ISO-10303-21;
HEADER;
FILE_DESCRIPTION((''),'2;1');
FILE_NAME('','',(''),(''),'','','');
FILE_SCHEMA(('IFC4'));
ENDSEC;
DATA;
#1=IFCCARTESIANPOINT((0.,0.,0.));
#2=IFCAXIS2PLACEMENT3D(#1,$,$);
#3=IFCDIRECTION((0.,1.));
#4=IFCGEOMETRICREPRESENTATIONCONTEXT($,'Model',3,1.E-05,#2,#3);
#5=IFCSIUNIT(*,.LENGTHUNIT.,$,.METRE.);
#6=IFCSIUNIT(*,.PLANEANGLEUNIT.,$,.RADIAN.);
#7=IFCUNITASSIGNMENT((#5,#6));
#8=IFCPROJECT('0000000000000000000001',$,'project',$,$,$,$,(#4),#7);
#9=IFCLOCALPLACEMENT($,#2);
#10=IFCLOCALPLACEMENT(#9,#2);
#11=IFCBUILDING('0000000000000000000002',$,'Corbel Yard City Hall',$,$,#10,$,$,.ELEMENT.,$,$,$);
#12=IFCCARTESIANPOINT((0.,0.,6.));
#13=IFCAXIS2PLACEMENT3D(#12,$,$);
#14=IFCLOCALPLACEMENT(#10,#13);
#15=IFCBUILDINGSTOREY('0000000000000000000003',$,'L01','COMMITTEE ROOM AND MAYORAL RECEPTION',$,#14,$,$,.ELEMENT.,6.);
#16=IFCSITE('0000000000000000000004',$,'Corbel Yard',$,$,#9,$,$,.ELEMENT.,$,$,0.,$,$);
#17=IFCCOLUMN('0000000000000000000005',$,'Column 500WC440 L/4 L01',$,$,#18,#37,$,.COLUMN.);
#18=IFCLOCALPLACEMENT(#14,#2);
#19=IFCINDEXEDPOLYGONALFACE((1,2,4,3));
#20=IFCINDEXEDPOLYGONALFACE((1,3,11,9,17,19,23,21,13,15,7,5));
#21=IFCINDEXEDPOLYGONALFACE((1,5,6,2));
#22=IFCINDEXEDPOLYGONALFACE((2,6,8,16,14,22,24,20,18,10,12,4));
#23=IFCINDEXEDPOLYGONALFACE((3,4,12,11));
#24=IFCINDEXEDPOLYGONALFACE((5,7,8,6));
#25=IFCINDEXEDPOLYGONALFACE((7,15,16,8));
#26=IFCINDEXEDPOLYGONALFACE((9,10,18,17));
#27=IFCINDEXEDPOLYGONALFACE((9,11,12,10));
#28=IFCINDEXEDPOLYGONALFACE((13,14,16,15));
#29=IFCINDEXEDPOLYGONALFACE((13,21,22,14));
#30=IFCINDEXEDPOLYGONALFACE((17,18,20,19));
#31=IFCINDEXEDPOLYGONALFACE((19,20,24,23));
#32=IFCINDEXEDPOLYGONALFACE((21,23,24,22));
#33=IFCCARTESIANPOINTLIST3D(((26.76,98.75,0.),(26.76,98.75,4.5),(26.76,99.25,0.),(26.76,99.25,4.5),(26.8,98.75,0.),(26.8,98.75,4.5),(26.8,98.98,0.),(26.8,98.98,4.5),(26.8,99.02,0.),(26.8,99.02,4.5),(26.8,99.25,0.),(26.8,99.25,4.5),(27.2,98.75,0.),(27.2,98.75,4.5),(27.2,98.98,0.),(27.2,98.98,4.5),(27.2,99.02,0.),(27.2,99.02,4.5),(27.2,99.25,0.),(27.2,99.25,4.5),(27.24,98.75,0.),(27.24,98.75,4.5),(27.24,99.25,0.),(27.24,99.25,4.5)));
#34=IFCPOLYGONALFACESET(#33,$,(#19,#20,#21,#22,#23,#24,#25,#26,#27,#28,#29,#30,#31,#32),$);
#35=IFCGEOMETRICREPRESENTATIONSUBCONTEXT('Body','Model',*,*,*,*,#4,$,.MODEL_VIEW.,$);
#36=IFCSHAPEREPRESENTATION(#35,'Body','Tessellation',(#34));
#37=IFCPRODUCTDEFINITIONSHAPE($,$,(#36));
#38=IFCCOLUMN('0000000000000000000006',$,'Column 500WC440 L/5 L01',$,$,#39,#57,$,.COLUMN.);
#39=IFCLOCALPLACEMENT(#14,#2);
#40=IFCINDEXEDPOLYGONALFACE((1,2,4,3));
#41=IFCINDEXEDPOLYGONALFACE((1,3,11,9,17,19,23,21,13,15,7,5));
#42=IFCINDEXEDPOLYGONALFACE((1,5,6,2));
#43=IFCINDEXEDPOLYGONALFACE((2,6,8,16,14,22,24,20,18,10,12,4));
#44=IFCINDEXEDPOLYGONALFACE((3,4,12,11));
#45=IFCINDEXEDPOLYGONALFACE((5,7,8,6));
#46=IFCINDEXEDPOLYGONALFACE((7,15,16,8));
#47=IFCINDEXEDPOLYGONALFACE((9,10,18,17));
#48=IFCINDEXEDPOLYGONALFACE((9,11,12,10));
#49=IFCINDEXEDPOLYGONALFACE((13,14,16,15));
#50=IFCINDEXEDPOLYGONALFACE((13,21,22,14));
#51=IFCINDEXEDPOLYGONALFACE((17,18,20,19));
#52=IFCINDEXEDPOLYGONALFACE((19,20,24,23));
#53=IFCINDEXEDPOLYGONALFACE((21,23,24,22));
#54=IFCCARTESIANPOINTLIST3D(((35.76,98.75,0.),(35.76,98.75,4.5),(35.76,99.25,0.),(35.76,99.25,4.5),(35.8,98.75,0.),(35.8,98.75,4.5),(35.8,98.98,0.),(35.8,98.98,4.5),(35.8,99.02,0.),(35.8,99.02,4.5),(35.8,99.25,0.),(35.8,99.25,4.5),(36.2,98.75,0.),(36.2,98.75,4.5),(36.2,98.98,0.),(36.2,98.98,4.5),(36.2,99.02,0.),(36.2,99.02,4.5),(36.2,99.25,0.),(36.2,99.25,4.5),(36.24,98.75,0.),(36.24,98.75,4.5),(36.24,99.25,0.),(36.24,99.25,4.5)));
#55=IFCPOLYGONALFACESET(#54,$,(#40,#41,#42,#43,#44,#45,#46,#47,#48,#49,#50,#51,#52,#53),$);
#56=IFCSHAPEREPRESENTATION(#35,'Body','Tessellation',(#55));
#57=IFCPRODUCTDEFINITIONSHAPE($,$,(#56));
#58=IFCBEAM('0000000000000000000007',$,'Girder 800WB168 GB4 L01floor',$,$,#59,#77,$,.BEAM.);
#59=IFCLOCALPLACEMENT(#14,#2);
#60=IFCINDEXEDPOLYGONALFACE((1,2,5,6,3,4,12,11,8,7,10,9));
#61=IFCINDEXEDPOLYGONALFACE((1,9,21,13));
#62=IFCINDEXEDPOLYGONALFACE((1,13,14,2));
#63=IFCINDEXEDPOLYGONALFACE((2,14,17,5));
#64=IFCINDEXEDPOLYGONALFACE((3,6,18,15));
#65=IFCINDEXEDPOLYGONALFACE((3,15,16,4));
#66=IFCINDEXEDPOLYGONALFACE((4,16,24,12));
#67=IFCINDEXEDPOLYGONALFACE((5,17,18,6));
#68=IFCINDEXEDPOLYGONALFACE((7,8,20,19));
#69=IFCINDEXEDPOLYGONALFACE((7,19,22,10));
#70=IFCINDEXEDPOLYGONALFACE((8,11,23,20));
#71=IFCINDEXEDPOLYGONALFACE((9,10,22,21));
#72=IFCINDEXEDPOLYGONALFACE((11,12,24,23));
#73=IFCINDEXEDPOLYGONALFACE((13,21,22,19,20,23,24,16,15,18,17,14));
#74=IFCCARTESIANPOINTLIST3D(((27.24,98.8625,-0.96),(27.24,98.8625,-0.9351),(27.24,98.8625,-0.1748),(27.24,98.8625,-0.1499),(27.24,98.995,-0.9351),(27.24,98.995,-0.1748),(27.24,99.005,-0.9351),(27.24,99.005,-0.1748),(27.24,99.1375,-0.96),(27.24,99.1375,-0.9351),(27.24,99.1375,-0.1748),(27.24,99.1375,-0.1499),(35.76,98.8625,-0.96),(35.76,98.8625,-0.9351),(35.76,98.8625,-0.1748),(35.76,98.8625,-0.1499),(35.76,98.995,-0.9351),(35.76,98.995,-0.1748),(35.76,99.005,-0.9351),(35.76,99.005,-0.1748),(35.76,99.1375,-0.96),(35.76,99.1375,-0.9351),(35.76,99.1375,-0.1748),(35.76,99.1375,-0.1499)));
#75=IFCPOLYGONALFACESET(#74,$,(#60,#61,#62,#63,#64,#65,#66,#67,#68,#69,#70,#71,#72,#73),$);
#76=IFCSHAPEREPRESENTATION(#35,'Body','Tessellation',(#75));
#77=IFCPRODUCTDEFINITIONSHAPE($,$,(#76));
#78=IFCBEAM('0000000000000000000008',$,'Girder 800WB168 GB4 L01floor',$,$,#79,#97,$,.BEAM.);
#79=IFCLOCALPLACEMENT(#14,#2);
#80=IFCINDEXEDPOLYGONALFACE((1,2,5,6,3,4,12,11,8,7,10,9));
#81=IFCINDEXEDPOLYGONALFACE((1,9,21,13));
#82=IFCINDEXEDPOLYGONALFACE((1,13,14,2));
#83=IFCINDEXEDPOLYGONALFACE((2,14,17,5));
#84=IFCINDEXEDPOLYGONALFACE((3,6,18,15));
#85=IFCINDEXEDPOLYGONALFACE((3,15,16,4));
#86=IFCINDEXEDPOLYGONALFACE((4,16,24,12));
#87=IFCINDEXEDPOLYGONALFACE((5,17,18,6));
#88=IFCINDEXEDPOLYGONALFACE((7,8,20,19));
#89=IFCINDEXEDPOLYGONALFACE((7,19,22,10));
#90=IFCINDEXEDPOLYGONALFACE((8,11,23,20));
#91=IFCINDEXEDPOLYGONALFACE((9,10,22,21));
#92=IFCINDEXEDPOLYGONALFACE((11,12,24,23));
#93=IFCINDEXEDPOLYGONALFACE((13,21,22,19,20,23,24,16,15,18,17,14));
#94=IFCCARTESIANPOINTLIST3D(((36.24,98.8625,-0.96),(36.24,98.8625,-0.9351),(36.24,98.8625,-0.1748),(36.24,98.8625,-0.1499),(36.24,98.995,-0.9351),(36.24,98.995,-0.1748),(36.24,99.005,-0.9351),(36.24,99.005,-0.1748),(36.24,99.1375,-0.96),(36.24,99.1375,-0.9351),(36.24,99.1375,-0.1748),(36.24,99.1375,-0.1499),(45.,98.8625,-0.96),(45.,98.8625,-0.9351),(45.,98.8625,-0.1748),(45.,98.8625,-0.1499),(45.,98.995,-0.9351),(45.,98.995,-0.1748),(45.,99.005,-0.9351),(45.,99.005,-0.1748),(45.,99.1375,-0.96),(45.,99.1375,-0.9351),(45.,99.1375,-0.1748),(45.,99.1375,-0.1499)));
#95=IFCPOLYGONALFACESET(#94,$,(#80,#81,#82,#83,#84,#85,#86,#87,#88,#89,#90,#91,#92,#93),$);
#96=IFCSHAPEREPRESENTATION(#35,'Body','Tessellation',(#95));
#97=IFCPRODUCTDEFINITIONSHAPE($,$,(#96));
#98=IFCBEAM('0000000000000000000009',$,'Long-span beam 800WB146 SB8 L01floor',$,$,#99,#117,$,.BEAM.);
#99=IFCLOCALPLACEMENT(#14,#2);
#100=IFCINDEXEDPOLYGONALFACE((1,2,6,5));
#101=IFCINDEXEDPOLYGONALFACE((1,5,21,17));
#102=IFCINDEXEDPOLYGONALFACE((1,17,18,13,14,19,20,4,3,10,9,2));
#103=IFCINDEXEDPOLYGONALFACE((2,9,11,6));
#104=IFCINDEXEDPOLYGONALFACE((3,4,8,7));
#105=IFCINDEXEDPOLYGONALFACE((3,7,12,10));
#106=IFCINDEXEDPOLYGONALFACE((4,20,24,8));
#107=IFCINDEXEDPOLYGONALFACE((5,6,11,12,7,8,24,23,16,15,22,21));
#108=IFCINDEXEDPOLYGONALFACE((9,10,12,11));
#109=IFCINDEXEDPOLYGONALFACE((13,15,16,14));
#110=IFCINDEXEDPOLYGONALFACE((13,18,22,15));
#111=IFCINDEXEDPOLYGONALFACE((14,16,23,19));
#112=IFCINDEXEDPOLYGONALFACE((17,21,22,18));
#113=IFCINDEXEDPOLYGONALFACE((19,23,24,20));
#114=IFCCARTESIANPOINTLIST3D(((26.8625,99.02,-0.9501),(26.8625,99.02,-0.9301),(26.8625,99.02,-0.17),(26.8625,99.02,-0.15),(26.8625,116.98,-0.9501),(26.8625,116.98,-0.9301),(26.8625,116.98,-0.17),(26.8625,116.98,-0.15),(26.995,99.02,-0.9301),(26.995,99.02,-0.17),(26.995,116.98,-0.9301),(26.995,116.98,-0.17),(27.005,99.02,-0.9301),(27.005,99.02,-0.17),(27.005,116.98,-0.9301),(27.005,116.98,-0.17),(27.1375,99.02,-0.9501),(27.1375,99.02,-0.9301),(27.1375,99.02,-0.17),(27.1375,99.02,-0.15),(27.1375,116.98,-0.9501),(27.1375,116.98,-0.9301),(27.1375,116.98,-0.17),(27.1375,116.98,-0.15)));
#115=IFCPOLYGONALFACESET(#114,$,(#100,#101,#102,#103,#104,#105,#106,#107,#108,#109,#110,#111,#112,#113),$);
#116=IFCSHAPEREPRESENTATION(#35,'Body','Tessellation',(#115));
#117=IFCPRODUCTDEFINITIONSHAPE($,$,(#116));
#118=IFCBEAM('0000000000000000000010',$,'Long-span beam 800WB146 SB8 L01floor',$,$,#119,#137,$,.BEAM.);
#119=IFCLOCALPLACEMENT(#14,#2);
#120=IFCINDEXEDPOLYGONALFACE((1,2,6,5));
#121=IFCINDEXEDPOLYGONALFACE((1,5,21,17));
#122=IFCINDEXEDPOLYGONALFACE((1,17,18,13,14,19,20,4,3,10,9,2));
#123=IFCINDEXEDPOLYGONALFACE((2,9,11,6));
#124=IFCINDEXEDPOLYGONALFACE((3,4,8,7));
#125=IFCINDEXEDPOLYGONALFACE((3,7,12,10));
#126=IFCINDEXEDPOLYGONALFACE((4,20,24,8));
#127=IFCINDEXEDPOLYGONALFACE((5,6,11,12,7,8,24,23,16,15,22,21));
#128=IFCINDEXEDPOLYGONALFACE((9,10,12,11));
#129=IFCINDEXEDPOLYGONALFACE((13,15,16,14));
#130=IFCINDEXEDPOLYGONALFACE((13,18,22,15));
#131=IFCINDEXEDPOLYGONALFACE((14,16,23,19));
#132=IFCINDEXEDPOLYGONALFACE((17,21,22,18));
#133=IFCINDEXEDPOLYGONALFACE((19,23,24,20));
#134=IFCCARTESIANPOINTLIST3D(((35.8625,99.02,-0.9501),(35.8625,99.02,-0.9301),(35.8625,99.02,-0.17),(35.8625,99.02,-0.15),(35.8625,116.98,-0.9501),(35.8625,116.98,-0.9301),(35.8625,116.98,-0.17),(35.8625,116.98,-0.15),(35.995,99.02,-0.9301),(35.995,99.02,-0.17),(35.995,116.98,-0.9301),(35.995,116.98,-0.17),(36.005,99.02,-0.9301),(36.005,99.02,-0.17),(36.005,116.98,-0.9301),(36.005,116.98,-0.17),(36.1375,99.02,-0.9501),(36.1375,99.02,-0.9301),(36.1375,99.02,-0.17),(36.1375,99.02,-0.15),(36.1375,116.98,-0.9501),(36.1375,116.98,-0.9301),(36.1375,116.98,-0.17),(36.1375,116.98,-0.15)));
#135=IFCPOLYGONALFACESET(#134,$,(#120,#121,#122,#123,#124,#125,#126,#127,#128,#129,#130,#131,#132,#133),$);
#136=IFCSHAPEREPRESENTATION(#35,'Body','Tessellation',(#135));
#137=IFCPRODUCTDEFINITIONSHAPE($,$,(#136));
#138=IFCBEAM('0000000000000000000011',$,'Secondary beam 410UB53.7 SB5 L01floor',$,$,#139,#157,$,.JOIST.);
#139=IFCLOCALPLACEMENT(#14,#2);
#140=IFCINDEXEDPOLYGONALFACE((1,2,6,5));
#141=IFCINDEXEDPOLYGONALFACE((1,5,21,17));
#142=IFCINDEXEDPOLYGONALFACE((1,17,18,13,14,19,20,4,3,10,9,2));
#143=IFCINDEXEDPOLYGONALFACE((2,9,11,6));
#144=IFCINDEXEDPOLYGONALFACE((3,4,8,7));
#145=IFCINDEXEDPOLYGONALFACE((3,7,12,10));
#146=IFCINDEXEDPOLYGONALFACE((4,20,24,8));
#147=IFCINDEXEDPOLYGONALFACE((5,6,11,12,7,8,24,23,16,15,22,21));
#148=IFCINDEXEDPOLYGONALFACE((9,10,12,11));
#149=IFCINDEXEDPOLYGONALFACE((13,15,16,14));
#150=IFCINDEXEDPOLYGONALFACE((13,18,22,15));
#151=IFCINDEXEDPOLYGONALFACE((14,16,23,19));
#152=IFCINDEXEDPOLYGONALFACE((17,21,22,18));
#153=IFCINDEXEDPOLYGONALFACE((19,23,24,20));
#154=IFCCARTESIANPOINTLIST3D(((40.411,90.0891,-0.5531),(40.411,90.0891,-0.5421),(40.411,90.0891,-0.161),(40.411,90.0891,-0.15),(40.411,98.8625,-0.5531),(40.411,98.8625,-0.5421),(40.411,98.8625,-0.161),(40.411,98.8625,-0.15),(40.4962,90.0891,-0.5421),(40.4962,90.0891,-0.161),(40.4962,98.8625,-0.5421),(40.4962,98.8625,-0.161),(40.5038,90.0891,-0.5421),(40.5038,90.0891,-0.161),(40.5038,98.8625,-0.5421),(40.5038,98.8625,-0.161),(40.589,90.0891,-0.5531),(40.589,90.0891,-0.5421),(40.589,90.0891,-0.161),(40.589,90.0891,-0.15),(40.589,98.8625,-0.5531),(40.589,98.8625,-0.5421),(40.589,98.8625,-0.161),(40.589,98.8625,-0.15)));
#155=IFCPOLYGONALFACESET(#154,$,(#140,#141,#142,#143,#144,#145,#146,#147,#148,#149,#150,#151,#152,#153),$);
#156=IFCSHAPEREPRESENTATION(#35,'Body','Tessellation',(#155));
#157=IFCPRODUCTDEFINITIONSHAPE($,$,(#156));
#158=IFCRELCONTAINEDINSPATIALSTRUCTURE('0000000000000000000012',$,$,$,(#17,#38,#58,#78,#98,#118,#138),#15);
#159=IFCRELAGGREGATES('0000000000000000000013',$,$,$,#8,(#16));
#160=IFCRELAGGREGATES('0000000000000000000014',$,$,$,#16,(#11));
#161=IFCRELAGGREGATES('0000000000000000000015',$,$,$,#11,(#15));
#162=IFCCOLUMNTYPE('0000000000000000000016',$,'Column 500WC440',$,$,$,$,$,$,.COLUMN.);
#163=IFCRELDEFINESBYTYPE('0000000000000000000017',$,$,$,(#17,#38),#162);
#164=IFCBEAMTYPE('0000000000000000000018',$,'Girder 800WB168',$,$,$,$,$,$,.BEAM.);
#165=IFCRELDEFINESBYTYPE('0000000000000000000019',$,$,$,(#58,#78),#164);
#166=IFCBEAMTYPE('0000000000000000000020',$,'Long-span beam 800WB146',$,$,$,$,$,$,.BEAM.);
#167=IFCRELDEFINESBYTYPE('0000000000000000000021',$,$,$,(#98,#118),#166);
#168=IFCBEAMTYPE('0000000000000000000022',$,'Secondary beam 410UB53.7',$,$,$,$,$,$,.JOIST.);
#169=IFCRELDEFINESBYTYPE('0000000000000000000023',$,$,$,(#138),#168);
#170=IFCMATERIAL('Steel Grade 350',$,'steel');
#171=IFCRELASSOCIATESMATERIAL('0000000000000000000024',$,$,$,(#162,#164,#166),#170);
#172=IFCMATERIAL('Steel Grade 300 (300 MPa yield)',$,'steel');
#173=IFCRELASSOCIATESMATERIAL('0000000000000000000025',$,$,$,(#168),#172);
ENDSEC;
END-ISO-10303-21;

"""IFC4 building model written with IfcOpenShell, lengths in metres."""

from ifc_helpers import new_model, si_unit, direction, frame, origin, origin_2d, place, context, subcontext, project, spatial, i_section, extrude, material, material_profile, profile_set, type_object, element, save


model = new_model("IFC4")

# Units and contexts
model_context = context("Model", 3, precision=1e-05, world=origin(), true_north=direction((0.0, 1.0)))
body_context = subcontext(model_context, "Body", "Model", "MODEL_VIEW")
ifc_project = project(units=[si_unit("LENGTHUNIT", "METRE"), si_unit("PLANEANGLEUNIT", "RADIAN")], contexts=[model_context])

# Site, building, storey
site_placement = place(None, origin())
site = spatial("IfcSite", under=ifc_project, at=site_placement, Name="Corbel Yard", CompositionType="ELEMENT", RefElevation=0.0)
building_placement = place(site_placement, origin())
building = spatial("IfcBuilding", under=site, at=building_placement, Name="Corbel Yard City Hall", CompositionType="ELEMENT")
storey_placement = place(building_placement, frame((0.0, 0.0, 6.0)))
storey = spatial("IfcBuildingStorey", under=building, at=storey_placement, Name="L01", Description="COMMITTEE ROOM AND MAYORAL RECEPTION", CompositionType="ELEMENT", Elevation=6.0)

# Columns
ifc_material_1 = material(Name="Steel Grade 350", Category="steel")
ifc_material_profile_1 = material_profile(ifc_material_1, i_section(OverallWidth=0.5, OverallDepth=0.48, WebThickness=0.04, FlangeThickness=0.04, at=origin_2d()), Name="500WC440")
ifc_profile_set_1 = profile_set([ifc_material_profile_1], Name="Steel Grade 350")
column_type = type_object("IfcColumnType", Name="Column 500WC440", PredefinedType="COLUMN", material=ifc_profile_set_1)
for number, where, z_axis, x_axis, name in (
    (1, (27.0, 99.0, 0.0), (0.0, 0.0, 1.0), (0.0, 1.0, 0.0), "Column 500WC440 L/4 L01"),
    (2, (36.0, 99.0, 0.0), (0.0, 0.0, 1.0), (0.0, 1.0, 0.0), "Column 500WC440 L/5 L01"),
):
    element("IfcColumn", number, at=place(storey_placement, frame(where, z_axis=z_axis, x_axis=x_axis)), inside=storey, type_object=column_type, Name=name, PredefinedType="COLUMN", context=body_context, shape_type="SweptSolid", body=[
        extrude(i_section(OverallWidth=0.5, OverallDepth=0.48, WebThickness=0.04, FlangeThickness=0.04, at=origin_2d()), origin(), (0.0, 0.0, 1.0), 4.5),
    ])

# Beams
ifc_material_profile_2 = material_profile(ifc_material_1, i_section(OverallWidth=0.2749, OverallDepth=0.8101, WebThickness=0.01, FlangeThickness=0.0249, at=origin_2d()), Name="800WB168")
ifc_profile_set_2 = profile_set([ifc_material_profile_2], Name="Steel Grade 350")
beam_type_1 = type_object("IfcBeamType", Name="Girder 800WB168", PredefinedType="BEAM", material=ifc_profile_set_2)
beam_1_placement = place(storey_placement, frame((27.24, 99.0, -0.5549), z_axis=(1.0, 0.0, 0.0), x_axis=(0.0, 1.0, 0.0)))
element("IfcBeam", 3, at=beam_1_placement, inside=storey, type_object=beam_type_1, Name="Girder 800WB168 GB4 L01floor", PredefinedType="BEAM", context=body_context, shape_type="SweptSolid", body=[
    extrude(i_section(OverallWidth=0.2749, OverallDepth=0.8101, WebThickness=0.01, FlangeThickness=0.0249, at=origin_2d()), origin(), (0.0, 0.0, 1.0), 8.52),
])
beam_2_placement = place(storey_placement, frame((36.24, 99.0, -0.5549), z_axis=(1.0, 0.0, 0.0), x_axis=(0.0, 1.0, 0.0)))
element("IfcBeam", 4, at=beam_2_placement, inside=storey, type_object=beam_type_1, Name="Girder 800WB168 GB4 L01floor", PredefinedType="BEAM", context=body_context, shape_type="SweptSolid", body=[
    extrude(i_section(OverallWidth=0.2749, OverallDepth=0.8101, WebThickness=0.01, FlangeThickness=0.0249, at=origin_2d()), origin(), (0.0, 0.0, 1.0), 8.76),
])
ifc_material_profile_3 = material_profile(ifc_material_1, i_section(OverallWidth=0.2749, OverallDepth=0.8, WebThickness=0.01, FlangeThickness=0.02, at=origin_2d()), Name="800WB146")
ifc_profile_set_3 = profile_set([ifc_material_profile_3], Name="Steel Grade 350")
beam_type_2 = type_object("IfcBeamType", Name="Long-span beam 800WB146", PredefinedType="BEAM", material=ifc_profile_set_3)
for number, where, z_axis, x_axis, name in (
    (5, (27.0, 99.02, -0.55), (0.0, 1.0, 0.0), (-1.0, 0.0, 0.0), "Long-span beam 800WB146 SB8 L01floor"),
    (6, (36.0, 99.02, -0.55), (0.0, 1.0, 0.0), (-1.0, 0.0, 0.0), "Long-span beam 800WB146 SB8 L01floor"),
):
    element("IfcBeam", number, at=place(storey_placement, frame(where, z_axis=z_axis, x_axis=x_axis)), inside=storey, type_object=beam_type_2, Name=name, PredefinedType="BEAM", context=body_context, shape_type="SweptSolid", body=[
        extrude(i_section(OverallWidth=0.2749, OverallDepth=0.8, WebThickness=0.01, FlangeThickness=0.02, at=origin_2d()), origin(), (0.0, 0.0, 1.0), 17.96),
    ])
ifc_material_2 = material(Name="Steel Grade 300 (300 MPa yield)", Category="steel")
ifc_material_profile_4 = material_profile(ifc_material_2, i_section(OverallWidth=0.178, OverallDepth=0.4031, WebThickness=0.0076, FlangeThickness=0.011, at=origin_2d()), Name="410UB53.7")
ifc_profile_set_4 = profile_set([ifc_material_profile_4], Name="Steel Grade 300 (300 MPa yield)")
beam_type_3 = type_object("IfcBeamType", Name="Secondary beam 410UB53.7", PredefinedType="JOIST", material=ifc_profile_set_4)
beam_3_placement = place(storey_placement, frame((40.5, 90.0891, -0.3516), z_axis=(0.0, 1.0, 0.0), x_axis=(-1.0, 0.0, 0.0)))
element("IfcBeam", 7, at=beam_3_placement, inside=storey, type_object=beam_type_3, Name="Secondary beam 410UB53.7 SB5 L01floor", PredefinedType="JOIST", context=body_context, shape_type="SweptSolid", body=[
    extrude(i_section(OverallWidth=0.178, OverallDepth=0.4031, WebThickness=0.0076, FlangeThickness=0.011, at=origin_2d()), origin(), (0.0, 0.0, 1.0), 8.7734),
])

save(model, "model.ifc")
